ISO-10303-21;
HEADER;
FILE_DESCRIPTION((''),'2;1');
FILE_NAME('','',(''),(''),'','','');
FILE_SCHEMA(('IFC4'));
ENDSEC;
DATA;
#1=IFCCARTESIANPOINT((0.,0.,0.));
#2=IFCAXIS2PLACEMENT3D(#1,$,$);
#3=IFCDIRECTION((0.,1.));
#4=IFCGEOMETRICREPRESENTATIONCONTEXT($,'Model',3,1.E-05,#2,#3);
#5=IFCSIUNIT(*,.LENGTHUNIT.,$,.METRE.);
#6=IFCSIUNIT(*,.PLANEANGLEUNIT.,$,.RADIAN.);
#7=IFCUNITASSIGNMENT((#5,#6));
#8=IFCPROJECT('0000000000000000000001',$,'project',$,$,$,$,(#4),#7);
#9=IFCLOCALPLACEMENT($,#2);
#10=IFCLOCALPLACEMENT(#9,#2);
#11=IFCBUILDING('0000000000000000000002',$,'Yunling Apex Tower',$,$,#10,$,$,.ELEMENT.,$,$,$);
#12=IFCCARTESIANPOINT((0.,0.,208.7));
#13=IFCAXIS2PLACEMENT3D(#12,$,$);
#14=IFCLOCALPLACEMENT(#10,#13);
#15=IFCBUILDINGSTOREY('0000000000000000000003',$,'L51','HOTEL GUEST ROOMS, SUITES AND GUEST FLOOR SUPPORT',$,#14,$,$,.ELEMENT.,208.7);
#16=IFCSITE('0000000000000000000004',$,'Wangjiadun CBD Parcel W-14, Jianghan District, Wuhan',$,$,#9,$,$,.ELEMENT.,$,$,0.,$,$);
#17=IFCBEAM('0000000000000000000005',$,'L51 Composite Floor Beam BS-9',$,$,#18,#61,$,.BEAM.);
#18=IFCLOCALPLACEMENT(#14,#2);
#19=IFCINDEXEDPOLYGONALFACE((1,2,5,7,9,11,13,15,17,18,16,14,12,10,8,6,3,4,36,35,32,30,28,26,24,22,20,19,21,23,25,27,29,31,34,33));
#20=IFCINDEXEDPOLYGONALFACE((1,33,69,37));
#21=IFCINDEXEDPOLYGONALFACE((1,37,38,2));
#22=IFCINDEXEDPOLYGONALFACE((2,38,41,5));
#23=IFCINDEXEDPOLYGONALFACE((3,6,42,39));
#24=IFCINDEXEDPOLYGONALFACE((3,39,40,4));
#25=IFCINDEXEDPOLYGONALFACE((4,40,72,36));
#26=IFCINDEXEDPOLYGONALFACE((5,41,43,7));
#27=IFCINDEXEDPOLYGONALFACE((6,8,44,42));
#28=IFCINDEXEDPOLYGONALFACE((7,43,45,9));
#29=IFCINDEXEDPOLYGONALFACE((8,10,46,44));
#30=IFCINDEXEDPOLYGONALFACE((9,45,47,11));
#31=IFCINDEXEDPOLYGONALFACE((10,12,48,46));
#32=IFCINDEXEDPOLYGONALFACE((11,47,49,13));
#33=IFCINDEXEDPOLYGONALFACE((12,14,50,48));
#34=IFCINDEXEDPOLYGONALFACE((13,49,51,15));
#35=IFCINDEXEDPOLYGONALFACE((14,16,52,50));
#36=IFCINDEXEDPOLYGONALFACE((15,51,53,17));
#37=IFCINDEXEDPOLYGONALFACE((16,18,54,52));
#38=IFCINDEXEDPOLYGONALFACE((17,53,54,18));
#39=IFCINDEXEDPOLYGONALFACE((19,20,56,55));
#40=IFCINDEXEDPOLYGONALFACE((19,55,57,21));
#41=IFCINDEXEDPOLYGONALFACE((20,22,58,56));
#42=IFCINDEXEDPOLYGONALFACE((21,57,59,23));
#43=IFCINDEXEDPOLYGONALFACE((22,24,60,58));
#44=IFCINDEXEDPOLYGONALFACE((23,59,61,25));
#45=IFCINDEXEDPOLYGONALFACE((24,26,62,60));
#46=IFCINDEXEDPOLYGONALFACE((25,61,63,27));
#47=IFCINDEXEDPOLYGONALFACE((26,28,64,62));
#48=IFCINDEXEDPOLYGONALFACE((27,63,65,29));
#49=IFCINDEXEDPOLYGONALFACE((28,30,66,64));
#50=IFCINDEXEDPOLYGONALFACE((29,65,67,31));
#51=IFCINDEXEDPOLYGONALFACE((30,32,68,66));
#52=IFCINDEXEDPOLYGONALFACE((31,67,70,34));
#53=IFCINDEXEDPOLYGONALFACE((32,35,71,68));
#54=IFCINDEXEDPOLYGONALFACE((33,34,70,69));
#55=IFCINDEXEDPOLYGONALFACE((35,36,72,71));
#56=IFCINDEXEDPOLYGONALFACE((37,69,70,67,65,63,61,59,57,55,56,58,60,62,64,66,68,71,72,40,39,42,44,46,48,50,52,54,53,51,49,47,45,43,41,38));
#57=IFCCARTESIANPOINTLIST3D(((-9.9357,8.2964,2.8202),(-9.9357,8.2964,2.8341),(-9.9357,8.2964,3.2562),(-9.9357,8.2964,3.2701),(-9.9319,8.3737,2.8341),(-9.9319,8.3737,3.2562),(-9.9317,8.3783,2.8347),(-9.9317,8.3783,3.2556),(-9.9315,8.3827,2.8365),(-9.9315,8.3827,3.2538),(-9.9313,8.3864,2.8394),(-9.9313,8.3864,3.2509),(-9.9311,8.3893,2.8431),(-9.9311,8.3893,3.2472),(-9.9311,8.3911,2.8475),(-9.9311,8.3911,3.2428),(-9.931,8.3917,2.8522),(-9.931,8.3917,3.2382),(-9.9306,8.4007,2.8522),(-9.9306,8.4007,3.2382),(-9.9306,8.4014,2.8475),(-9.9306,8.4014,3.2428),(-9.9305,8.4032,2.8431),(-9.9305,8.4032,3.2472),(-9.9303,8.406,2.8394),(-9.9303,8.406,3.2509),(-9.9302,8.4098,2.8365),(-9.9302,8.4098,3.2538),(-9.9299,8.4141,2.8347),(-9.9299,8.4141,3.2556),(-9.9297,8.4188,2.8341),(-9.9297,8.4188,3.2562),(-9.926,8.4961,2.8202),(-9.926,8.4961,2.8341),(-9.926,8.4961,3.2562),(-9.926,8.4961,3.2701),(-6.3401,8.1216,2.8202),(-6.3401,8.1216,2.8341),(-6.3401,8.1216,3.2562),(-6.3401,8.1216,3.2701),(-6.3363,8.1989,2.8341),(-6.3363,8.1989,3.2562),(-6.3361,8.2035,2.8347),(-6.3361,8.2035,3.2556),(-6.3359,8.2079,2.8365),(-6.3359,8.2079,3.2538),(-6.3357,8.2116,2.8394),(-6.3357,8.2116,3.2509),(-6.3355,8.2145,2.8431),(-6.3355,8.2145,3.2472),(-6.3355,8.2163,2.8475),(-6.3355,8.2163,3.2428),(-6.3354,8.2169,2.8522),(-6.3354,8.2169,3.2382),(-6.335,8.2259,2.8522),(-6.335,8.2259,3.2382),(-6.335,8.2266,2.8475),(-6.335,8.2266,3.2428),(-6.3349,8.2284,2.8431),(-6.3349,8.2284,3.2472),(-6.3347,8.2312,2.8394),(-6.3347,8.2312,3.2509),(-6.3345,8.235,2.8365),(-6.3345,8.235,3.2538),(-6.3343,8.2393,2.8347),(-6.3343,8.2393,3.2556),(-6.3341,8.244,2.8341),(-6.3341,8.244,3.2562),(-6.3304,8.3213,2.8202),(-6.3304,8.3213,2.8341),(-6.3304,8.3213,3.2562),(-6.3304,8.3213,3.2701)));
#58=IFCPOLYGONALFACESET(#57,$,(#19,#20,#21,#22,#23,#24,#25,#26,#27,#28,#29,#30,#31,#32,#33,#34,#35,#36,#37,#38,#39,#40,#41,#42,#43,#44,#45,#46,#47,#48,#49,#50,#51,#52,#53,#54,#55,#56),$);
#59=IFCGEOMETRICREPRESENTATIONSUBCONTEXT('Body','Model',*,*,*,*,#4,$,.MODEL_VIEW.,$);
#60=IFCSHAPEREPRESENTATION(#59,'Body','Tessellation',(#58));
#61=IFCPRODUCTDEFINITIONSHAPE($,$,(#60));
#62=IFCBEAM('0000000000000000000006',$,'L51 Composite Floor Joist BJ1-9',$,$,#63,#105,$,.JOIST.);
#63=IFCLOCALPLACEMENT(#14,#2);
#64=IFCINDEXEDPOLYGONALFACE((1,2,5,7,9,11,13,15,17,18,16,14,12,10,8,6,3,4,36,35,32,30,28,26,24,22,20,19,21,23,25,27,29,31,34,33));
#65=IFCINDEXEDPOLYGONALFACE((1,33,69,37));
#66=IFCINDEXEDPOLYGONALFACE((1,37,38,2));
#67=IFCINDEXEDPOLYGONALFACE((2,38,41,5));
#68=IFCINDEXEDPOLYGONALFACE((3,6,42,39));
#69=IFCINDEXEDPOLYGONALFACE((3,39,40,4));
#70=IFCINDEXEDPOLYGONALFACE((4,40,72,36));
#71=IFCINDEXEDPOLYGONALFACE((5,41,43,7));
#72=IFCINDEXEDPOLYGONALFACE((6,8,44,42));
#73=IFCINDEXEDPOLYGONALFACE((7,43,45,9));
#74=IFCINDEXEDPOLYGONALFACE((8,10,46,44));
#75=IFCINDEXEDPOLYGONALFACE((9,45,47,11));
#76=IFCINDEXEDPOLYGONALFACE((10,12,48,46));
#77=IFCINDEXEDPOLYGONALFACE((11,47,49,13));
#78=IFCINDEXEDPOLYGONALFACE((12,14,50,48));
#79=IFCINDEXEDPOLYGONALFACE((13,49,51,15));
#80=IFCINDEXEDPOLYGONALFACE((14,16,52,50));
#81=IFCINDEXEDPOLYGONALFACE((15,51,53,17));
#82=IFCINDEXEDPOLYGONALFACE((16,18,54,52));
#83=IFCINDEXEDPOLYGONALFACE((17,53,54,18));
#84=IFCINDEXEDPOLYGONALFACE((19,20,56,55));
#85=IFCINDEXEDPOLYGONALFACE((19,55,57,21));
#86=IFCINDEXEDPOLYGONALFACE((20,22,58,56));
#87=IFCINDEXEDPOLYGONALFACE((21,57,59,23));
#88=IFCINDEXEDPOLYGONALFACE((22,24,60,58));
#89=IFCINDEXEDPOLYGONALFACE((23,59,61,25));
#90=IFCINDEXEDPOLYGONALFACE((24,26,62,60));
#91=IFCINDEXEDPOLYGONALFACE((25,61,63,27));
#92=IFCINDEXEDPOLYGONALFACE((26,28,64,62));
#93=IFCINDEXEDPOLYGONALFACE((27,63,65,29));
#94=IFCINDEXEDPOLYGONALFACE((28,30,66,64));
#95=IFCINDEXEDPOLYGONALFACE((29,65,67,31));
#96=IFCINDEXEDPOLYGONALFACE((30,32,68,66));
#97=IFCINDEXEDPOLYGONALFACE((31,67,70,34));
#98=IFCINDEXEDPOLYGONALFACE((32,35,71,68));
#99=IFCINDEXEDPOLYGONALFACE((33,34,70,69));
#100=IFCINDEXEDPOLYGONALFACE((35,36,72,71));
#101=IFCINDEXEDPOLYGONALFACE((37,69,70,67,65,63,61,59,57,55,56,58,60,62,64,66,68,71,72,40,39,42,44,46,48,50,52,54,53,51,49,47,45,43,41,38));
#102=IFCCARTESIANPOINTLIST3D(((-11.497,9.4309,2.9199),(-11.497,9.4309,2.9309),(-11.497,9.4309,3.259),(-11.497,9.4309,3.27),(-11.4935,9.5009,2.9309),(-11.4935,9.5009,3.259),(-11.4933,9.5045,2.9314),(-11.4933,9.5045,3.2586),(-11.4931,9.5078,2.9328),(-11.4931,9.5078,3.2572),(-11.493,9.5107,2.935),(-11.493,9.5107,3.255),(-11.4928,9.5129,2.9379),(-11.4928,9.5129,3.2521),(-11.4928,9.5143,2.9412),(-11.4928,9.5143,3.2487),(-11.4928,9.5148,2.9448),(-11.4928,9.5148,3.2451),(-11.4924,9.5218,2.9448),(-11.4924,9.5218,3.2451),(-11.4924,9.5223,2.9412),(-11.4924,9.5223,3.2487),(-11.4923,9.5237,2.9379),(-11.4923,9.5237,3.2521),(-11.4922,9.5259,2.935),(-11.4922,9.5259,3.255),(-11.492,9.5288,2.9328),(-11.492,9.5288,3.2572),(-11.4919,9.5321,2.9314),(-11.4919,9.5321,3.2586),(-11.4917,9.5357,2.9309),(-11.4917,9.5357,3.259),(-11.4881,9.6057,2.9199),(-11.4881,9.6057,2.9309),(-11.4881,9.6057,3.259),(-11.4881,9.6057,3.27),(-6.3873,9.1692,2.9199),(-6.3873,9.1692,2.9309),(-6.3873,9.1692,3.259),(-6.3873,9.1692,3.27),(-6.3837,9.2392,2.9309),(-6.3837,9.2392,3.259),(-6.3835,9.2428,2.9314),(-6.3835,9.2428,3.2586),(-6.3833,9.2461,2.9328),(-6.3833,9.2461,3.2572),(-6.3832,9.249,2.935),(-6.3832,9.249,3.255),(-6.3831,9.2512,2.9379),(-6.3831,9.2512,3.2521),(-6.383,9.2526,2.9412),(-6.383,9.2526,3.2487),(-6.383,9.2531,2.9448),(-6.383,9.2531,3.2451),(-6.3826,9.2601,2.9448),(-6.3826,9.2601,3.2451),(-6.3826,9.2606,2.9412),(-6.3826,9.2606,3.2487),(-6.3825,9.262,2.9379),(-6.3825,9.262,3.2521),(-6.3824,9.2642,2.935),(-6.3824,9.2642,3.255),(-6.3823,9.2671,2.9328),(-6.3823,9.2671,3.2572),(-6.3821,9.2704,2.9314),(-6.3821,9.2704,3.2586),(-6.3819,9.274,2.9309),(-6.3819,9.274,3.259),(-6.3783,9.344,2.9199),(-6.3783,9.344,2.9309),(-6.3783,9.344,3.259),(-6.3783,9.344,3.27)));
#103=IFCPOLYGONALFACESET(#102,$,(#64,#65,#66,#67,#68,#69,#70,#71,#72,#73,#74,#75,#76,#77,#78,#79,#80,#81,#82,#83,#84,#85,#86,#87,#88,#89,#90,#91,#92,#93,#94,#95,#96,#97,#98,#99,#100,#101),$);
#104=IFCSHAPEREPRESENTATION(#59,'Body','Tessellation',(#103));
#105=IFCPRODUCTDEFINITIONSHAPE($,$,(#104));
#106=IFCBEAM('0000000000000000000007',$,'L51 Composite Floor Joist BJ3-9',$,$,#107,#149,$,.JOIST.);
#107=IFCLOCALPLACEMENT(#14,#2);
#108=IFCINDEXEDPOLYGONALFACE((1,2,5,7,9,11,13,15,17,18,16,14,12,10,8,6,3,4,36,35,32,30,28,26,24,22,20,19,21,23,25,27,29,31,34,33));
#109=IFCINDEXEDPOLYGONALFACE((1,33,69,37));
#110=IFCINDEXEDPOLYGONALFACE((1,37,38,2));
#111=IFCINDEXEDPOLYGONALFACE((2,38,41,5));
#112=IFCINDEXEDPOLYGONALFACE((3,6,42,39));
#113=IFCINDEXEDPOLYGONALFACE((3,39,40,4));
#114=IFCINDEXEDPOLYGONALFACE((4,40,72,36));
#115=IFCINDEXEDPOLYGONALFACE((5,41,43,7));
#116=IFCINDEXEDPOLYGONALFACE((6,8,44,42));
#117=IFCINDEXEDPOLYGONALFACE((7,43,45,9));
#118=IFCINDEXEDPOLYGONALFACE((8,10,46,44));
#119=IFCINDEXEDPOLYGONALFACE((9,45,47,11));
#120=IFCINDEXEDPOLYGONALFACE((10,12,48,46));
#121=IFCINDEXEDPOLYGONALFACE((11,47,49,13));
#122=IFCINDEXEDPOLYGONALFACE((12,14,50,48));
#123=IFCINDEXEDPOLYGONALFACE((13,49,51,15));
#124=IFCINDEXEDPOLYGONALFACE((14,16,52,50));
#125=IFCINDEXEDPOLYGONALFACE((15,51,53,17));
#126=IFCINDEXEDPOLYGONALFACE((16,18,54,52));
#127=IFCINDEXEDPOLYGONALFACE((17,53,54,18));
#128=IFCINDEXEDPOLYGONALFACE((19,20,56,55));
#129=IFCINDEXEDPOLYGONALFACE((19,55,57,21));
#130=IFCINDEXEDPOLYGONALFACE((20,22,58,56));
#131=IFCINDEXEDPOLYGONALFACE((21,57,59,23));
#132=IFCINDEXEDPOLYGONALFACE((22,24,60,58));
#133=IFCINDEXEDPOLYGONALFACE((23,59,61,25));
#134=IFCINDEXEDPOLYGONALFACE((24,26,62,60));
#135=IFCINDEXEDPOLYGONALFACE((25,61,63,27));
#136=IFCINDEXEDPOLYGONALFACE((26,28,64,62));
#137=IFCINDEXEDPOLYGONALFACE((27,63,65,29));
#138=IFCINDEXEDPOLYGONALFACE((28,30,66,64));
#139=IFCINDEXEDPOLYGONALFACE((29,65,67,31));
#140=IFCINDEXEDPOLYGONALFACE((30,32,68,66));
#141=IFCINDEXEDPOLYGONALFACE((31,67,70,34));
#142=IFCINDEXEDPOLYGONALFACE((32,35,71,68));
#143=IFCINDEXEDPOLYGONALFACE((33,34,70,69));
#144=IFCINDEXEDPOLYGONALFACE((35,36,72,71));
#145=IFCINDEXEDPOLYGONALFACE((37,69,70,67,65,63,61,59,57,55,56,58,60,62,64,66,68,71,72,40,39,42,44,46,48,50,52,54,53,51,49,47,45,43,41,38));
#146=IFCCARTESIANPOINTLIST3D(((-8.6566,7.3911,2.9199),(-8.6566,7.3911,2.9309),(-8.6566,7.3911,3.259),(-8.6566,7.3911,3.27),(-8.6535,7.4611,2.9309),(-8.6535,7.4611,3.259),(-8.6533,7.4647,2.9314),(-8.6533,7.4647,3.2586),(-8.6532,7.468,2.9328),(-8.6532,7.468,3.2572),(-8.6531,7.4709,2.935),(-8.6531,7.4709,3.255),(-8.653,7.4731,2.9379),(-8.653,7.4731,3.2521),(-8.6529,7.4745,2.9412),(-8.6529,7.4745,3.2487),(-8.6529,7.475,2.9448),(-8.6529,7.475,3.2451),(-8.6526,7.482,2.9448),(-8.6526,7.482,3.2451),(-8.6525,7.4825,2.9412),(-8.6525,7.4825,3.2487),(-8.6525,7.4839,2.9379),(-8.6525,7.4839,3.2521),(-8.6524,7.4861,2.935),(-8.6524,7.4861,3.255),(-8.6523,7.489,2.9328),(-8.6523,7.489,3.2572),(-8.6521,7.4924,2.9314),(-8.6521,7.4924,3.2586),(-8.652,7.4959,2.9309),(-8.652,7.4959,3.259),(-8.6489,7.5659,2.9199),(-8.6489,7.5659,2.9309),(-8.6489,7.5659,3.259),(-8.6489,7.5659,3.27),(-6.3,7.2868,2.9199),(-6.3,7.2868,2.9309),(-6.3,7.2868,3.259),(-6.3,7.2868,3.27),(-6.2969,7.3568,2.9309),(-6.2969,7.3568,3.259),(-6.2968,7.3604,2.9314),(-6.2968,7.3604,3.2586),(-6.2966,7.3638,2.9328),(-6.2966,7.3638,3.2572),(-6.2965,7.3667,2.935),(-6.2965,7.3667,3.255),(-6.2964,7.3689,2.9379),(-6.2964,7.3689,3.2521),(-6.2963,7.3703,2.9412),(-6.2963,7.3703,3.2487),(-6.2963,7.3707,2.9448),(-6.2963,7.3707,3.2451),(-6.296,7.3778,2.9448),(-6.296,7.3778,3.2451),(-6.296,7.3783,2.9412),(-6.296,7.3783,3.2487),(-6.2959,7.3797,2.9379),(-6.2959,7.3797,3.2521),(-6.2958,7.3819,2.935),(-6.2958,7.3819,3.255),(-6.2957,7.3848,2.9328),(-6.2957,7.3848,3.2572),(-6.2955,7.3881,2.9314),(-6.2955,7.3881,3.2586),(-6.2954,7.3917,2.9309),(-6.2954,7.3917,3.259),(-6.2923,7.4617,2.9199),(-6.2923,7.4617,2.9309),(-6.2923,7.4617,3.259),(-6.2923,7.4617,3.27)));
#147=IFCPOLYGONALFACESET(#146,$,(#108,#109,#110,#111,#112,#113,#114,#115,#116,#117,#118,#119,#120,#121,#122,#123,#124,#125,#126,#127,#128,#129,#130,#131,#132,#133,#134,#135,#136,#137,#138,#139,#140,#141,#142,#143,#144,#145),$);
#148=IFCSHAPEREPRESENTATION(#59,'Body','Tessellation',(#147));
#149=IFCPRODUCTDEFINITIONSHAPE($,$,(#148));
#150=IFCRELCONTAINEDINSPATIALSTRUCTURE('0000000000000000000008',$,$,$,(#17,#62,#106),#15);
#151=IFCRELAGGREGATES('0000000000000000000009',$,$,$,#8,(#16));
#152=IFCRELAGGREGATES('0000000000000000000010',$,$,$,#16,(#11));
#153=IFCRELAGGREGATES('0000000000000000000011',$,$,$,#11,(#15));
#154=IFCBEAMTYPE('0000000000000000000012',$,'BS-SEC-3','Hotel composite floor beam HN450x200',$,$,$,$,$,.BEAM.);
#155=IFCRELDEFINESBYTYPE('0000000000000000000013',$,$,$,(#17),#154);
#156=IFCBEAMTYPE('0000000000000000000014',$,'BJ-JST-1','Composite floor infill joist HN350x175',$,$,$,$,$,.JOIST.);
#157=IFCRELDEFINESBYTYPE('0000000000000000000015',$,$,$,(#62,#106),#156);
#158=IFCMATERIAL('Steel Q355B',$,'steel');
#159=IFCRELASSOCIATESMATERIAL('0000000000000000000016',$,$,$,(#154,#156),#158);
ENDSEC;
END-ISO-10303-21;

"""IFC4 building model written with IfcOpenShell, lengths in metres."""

from ifc_helpers import new_model, si_unit, direction, frame, origin, origin_2d, place, context, subcontext, project, spatial, i_section, extrude, source, transform, mapped, material, material_profile, profile_set, type_object, element, save


model = new_model("IFC4")

# Units and contexts
model_context = context("Model", 3, precision=1e-05, world=origin(), true_north=direction((0.0, 1.0)))
body_context = subcontext(model_context, "Body", "Model", "MODEL_VIEW")
ifc_project = project(units=[si_unit("LENGTHUNIT", "METRE"), si_unit("PLANEANGLEUNIT", "RADIAN")], contexts=[model_context])

# Site, building, storey
site_placement = place(None, origin())
site = spatial("IfcSite", under=ifc_project, at=site_placement, Name="Wangjiadun CBD Parcel W-14, Jianghan District, Wuhan", CompositionType="ELEMENT", RefElevation=0.0)
building_placement = place(site_placement, origin())
building = spatial("IfcBuilding", under=site, at=building_placement, Name="Yunling Apex Tower", CompositionType="ELEMENT")
storey_placement = place(building_placement, frame((0.0, 0.0, 208.7)))
storey = spatial("IfcBuildingStorey", under=building, at=storey_placement, Name="L51", Description="HOTEL GUEST ROOMS, SUITES AND GUEST FLOOR SUPPORT", CompositionType="ELEMENT", Elevation=208.7)

# Beams
ifc_material_1 = material(Name="Steel Q355B", Category="steel")
ifc_material_profile_1 = material_profile(ifc_material_1, i_section(OverallWidth=0.2, OverallDepth=0.45, WebThickness=0.009, FlangeThickness=0.0139, FilletRadius=0.0181, at=origin_2d()))
ifc_profile_set_1 = profile_set([ifc_material_profile_1], Name="Steel Q355B")
beam_type_1 = type_object("IfcBeamType", Name="BS-SEC-3", Description="Hotel composite floor beam HN450x200", PredefinedType="BEAM", material=ifc_profile_set_1)
shared_shape_1 = source(origin(), body_context, "Body", "SweptSolid", [
    extrude(i_section(OverallWidth=0.2, OverallDepth=0.45, WebThickness=0.009, FlangeThickness=0.0139, FilletRadius=0.0181, at=origin_2d()), origin(), (0.0, 0.0, 1.0), 3.5999),
])
beam_1_placement = place(storey_placement, frame((-6.3352, 8.2214, 3.0452), z_axis=(-0.99882, 0.048558, 0.0), x_axis=(-0.048558, -0.99882, 0.0)))
element("IfcBeam", 1, at=beam_1_placement, inside=storey, type_object=beam_type_1, Name="L51 Composite Floor Beam BS-9", PredefinedType="BEAM", context=body_context, shape_type="MappedRepresentation", body=[
    mapped(shared_shape_1, transform((0.0, 0.0, 0.0), scale=1.0)),
])
ifc_material_profile_2 = material_profile(ifc_material_1, i_section(OverallWidth=0.175, OverallDepth=0.3501, WebThickness=0.0071, FlangeThickness=0.011, FilletRadius=0.0139, at=origin_2d()))
ifc_profile_set_2 = profile_set([ifc_material_profile_2], Name="Steel Q355B")
beam_type_2 = type_object("IfcBeamType", Name="BJ-JST-1", Description="Composite floor infill joist HN350x175", PredefinedType="JOIST", material=ifc_profile_set_2)
shared_shape_2 = source(origin(), body_context, "Body", "SweptSolid", [
    extrude(i_section(OverallWidth=0.175, OverallDepth=0.3501, WebThickness=0.0071, FlangeThickness=0.011, FilletRadius=0.0139, at=origin_2d()), origin(), (0.0, 0.0, 1.0), 5.1165),
])
beam_2_placement = place(storey_placement, frame((-6.3828, 9.2566, 3.095), z_axis=(-0.998691, 0.051151, 0.0), x_axis=(-0.051151, -0.998691, 0.0)))
element("IfcBeam", 2, at=beam_2_placement, inside=storey, type_object=beam_type_2, Name="L51 Composite Floor Joist BJ1-9", PredefinedType="JOIST", context=body_context, shape_type="MappedRepresentation", body=[
    mapped(shared_shape_2, transform((0.0, 0.0, 0.0), scale=1.0)),
])
shared_shape_3 = source(origin(), body_context, "Body", "SweptSolid", [
    extrude(i_section(OverallWidth=0.175, OverallDepth=0.3501, WebThickness=0.0071, FlangeThickness=0.011, FilletRadius=0.0139, at=origin_2d()), origin(), (0.0, 0.0, 1.0), 2.3589),
])
beam_3_placement = place(storey_placement, frame((-6.2961, 7.3743, 3.095), z_axis=(-0.999023, 0.044192, 0.0), x_axis=(-0.044192, -0.999023, 0.0)))
element("IfcBeam", 3, at=beam_3_placement, inside=storey, type_object=beam_type_2, Name="L51 Composite Floor Joist BJ3-9", PredefinedType="JOIST", context=body_context, shape_type="MappedRepresentation", body=[
    mapped(shared_shape_3, transform((0.0, 0.0, 0.0), scale=1.0)),
])

save(model, "model.ifc")
